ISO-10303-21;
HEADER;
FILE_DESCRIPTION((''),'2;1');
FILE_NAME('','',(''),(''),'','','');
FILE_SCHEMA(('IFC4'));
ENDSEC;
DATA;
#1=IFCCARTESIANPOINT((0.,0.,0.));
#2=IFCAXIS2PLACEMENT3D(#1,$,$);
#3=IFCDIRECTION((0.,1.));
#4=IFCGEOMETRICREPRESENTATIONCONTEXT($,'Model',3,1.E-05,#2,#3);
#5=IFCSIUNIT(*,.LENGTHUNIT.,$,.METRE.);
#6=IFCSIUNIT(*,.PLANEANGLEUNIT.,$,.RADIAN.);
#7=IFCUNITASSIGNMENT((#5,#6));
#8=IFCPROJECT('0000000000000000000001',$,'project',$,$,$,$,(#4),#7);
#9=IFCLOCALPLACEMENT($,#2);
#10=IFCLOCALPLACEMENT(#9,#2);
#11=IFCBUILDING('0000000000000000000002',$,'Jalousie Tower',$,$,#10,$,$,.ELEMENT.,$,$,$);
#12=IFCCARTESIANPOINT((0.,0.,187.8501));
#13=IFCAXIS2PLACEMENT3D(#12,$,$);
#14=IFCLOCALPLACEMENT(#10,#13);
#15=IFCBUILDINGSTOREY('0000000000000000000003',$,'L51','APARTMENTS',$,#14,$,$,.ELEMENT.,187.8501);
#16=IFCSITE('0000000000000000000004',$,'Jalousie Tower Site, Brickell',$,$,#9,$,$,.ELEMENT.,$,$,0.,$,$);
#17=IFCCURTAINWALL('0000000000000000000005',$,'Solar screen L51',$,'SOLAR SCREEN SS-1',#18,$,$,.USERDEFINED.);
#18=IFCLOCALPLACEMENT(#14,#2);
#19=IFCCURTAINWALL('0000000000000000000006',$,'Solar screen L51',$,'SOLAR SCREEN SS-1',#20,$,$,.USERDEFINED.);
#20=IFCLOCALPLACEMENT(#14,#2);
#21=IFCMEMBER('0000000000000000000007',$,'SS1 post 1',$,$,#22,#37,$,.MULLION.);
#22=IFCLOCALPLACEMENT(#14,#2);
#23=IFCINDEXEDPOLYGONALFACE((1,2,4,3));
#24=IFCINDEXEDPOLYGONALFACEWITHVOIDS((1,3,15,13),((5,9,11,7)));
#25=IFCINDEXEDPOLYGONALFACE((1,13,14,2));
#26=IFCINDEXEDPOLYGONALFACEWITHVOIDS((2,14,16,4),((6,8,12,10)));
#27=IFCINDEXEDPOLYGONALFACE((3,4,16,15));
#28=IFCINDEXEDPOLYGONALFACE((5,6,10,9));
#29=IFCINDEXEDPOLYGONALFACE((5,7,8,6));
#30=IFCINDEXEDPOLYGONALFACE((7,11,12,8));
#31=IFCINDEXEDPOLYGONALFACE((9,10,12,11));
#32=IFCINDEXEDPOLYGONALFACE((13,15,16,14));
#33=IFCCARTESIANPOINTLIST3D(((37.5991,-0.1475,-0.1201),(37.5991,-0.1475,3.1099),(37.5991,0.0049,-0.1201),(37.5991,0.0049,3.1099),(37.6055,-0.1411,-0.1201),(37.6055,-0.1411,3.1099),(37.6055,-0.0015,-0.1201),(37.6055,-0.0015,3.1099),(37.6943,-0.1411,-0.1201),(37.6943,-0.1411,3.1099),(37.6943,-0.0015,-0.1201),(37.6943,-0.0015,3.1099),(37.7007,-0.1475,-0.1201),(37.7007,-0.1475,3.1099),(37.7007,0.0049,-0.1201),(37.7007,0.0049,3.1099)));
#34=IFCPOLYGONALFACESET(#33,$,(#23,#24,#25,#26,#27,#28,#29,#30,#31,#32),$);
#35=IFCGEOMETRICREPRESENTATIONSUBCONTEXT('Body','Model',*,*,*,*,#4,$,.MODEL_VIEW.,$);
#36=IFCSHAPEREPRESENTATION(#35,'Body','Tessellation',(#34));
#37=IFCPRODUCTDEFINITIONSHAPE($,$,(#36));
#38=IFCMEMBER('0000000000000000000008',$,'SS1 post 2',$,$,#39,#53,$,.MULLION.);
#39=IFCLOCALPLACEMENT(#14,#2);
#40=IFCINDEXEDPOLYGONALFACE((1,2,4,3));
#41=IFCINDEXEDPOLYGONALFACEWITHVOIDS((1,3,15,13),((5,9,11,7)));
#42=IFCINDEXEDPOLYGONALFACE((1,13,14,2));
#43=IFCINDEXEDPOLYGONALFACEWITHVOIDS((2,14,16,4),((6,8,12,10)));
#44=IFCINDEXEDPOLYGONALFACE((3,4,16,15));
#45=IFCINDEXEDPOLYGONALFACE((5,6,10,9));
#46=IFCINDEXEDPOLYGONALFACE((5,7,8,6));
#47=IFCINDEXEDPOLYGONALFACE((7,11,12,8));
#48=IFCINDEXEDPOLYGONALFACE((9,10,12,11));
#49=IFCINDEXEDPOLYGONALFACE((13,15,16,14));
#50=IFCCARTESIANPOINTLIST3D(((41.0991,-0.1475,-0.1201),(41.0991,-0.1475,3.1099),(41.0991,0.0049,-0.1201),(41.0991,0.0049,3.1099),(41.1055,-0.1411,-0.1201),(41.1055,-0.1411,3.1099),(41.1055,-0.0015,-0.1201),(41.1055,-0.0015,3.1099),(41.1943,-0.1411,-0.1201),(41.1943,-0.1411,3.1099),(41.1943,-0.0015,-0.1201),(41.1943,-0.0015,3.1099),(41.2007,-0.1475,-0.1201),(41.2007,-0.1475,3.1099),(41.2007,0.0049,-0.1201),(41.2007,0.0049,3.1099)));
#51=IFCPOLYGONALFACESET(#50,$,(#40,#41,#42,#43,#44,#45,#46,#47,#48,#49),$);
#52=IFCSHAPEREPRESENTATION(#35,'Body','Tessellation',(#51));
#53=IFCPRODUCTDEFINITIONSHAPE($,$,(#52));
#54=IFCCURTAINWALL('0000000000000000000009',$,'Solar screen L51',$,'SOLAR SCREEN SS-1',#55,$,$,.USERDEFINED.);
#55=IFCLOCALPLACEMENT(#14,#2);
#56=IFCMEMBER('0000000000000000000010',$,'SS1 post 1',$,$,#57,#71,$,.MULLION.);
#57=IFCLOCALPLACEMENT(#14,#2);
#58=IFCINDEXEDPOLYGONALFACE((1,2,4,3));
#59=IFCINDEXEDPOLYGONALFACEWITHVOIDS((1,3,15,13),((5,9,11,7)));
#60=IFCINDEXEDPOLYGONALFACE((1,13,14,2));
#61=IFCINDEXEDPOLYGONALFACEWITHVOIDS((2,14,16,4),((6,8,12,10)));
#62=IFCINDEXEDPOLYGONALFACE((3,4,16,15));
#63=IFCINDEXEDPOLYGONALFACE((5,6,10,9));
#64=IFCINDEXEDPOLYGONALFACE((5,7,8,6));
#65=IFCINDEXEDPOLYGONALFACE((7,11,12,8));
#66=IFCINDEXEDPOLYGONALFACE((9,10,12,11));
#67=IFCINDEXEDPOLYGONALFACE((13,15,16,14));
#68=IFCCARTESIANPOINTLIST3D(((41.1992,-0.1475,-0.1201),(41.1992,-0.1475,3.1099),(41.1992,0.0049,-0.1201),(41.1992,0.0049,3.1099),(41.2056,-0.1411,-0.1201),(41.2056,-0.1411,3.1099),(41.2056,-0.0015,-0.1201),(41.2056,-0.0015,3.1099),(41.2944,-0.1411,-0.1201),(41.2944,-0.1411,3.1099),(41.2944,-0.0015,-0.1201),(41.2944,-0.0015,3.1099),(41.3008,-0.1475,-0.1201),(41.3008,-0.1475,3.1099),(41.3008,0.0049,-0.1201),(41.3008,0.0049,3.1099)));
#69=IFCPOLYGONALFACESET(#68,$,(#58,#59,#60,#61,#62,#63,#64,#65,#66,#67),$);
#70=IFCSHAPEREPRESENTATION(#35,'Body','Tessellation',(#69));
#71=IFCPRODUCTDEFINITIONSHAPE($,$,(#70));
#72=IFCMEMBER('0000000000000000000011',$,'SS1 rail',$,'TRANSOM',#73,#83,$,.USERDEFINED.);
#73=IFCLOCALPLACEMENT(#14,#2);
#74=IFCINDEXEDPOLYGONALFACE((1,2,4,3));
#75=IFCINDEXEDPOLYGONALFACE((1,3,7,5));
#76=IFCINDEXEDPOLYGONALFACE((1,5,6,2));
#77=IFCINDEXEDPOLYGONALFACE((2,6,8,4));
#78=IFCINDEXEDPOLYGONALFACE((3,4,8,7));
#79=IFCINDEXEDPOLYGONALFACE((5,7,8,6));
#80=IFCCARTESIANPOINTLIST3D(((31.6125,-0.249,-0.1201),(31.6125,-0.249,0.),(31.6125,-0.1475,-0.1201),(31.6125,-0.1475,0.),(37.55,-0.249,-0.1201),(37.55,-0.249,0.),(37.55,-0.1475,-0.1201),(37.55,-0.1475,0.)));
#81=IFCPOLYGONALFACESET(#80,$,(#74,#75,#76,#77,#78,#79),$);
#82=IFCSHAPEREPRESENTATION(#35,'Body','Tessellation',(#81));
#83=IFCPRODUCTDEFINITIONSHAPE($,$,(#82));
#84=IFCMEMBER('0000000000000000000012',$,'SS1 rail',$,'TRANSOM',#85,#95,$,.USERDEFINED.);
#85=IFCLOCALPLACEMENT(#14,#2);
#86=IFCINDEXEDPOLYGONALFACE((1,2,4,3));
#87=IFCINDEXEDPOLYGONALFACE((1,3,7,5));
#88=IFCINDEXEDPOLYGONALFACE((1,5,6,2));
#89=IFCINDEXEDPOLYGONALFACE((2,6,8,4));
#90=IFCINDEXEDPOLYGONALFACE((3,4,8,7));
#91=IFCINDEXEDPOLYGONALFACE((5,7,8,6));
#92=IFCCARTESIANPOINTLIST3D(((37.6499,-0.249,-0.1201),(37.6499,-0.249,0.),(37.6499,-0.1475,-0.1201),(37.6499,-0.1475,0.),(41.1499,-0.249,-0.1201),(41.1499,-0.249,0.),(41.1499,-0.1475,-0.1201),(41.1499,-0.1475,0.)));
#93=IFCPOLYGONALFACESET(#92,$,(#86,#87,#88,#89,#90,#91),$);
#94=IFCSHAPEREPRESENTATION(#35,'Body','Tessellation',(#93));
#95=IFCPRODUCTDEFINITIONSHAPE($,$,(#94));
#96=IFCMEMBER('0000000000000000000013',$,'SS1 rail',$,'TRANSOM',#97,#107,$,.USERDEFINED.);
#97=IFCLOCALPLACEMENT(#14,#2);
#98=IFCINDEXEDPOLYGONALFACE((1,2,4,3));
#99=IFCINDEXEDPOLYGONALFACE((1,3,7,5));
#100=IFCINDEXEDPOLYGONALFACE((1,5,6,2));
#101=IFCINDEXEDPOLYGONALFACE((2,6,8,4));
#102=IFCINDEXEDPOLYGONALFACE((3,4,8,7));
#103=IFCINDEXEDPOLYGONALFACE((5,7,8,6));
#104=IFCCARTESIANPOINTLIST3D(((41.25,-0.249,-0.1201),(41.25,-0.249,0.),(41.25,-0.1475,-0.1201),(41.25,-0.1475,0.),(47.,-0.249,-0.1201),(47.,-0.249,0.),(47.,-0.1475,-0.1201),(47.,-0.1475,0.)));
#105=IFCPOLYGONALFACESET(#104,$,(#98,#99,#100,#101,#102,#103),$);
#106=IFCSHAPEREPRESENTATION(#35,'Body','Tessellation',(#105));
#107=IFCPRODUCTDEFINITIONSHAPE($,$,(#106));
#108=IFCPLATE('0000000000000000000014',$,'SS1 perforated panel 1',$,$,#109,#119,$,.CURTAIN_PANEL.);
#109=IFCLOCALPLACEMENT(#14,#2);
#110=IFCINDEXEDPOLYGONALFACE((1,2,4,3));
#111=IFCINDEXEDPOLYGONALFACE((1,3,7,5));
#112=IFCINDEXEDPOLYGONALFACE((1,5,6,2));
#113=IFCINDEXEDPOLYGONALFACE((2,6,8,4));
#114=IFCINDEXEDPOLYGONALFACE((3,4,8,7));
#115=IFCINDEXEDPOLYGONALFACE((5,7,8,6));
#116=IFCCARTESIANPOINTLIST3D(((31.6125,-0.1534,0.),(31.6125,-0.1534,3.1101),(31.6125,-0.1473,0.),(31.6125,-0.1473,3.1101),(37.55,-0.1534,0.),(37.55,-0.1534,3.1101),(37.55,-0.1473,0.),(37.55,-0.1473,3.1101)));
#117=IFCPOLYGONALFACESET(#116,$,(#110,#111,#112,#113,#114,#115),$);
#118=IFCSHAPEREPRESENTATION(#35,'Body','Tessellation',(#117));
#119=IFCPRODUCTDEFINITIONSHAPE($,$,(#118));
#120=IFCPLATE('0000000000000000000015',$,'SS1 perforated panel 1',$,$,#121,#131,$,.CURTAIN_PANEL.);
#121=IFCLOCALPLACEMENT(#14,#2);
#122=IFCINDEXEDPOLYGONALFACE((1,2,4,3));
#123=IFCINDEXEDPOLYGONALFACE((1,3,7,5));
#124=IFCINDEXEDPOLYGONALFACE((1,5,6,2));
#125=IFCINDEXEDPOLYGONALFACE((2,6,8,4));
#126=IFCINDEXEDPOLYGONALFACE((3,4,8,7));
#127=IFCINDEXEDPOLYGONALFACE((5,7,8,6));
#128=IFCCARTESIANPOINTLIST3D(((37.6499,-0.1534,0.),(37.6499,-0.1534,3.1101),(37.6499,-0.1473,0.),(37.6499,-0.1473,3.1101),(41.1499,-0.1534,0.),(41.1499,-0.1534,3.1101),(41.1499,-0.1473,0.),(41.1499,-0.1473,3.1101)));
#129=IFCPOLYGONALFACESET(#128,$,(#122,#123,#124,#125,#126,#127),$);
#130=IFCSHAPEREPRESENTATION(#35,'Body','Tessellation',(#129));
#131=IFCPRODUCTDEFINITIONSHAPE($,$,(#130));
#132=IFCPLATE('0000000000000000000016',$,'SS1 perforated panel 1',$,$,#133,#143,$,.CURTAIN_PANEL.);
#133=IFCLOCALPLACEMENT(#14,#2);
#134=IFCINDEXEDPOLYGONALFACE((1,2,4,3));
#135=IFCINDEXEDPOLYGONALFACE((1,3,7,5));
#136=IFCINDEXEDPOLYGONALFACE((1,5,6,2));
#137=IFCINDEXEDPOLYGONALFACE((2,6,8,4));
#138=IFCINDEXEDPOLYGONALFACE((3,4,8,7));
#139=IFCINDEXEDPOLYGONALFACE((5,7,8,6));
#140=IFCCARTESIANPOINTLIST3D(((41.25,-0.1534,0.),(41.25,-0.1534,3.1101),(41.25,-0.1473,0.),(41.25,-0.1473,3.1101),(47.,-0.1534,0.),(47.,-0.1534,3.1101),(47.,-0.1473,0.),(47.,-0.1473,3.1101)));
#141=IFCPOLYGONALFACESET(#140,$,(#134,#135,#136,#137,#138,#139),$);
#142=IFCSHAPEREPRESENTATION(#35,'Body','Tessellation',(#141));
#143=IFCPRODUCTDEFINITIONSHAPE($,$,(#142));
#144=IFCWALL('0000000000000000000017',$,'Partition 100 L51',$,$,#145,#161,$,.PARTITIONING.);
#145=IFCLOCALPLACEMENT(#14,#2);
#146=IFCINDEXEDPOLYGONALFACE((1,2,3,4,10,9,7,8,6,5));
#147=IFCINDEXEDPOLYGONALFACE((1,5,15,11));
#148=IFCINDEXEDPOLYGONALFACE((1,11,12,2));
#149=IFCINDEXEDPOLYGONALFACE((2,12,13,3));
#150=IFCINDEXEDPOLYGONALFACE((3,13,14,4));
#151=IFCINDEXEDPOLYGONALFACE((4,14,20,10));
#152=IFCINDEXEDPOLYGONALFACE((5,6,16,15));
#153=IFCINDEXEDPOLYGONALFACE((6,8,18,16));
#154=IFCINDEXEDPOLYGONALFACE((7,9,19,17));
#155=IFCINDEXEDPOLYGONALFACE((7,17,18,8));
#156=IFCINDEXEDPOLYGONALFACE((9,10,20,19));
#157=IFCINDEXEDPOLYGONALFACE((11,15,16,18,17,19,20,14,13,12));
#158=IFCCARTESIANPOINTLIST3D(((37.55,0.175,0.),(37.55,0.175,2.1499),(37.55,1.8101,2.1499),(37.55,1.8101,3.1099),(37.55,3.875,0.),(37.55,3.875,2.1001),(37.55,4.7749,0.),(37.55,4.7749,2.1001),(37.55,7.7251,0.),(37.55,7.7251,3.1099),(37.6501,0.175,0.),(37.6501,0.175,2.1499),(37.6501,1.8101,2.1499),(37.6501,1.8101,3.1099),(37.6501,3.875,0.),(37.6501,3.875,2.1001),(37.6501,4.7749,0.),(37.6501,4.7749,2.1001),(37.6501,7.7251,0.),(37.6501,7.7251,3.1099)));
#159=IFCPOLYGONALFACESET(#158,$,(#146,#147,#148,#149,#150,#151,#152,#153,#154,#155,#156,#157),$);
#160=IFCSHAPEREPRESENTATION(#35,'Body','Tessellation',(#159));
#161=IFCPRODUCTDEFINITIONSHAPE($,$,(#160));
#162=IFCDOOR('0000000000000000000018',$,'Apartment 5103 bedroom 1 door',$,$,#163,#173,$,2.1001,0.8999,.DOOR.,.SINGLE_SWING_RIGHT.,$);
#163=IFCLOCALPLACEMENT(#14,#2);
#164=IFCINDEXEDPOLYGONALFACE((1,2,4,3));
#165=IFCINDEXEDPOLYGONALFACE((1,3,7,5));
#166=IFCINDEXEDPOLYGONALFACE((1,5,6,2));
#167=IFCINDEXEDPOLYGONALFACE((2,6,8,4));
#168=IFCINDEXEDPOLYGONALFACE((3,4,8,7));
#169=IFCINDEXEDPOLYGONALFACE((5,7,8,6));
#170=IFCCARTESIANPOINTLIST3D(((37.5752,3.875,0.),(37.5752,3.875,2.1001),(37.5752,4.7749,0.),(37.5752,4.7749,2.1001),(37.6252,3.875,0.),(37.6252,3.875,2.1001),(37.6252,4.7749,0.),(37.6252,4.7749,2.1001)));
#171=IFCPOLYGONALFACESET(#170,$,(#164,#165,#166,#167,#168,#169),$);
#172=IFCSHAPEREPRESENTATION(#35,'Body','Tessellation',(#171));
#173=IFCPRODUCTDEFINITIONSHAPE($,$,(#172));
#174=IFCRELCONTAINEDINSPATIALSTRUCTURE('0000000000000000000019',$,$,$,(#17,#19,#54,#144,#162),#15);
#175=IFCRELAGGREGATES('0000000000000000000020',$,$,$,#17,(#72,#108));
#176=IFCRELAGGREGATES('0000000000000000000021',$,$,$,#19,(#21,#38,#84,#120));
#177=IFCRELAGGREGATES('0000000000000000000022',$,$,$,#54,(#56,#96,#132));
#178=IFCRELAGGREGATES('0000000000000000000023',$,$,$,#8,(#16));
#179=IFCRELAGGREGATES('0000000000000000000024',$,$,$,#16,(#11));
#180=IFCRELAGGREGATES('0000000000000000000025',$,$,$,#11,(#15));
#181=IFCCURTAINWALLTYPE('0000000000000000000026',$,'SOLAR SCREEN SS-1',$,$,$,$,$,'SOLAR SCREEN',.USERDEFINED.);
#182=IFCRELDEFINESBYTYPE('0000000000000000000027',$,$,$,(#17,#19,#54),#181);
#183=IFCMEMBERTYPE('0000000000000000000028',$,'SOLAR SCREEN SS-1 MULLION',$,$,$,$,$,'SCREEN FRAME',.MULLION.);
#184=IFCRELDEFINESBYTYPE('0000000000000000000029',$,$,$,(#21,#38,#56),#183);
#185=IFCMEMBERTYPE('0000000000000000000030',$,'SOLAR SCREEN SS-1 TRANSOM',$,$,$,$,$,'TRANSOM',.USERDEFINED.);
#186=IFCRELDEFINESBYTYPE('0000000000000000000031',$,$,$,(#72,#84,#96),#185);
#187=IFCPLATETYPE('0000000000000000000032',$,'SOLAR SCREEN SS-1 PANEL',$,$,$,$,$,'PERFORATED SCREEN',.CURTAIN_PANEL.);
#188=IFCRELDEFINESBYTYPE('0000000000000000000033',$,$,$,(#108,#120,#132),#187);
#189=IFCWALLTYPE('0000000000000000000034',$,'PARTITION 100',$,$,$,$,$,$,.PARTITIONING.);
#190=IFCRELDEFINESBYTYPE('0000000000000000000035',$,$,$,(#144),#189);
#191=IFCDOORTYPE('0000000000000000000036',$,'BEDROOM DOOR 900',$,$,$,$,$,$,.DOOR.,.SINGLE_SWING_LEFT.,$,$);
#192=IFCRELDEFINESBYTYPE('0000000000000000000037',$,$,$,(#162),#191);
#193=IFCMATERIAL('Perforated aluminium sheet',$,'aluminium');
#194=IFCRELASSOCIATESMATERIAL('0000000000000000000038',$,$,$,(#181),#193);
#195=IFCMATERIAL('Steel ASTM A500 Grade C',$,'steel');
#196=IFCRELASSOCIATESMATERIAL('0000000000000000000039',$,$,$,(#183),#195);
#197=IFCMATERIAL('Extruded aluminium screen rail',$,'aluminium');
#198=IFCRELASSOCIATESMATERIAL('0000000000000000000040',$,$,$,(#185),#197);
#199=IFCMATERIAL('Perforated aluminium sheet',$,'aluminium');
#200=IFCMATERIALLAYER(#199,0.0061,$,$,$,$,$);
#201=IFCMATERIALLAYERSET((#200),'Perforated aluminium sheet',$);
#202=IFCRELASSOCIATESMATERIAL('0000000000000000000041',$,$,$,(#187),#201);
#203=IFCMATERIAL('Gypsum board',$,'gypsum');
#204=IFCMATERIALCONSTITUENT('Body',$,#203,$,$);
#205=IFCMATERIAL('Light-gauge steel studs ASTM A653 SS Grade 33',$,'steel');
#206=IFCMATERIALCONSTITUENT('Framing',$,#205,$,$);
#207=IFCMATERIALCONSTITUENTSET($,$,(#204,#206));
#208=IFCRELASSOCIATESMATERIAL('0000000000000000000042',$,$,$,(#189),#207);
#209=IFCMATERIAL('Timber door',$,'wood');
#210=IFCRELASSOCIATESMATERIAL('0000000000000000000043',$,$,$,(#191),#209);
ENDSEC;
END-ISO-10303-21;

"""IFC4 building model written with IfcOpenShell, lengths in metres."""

from ifc_helpers import new_model, si_unit, direction, frame, frame_2d, origin, origin_2d, place, context, subcontext, project, spatial, polyline, rectangle, hollow_rectangle, outline, extrude, material, layer, layer_set, constituent, constituent_set, material_profile, profile_set, type_object, element, fill, aggregate, save


model = new_model("IFC4")

# Units and contexts
model_context = context("Model", 3, precision=1e-05, world=origin(), true_north=direction((0.0, 1.0)))
body_context = subcontext(model_context, "Body", "Model", "MODEL_VIEW")
ifc_project = project(units=[si_unit("LENGTHUNIT", "METRE"), si_unit("PLANEANGLEUNIT", "RADIAN")], contexts=[model_context])

# Site, building, storey
site_placement = place(None, origin())
site = spatial("IfcSite", under=ifc_project, at=site_placement, Name="Jalousie Tower Site, Brickell", CompositionType="ELEMENT", RefElevation=0.0)
building_placement = place(site_placement, origin())
building = spatial("IfcBuilding", under=site, at=building_placement, Name="Jalousie Tower", CompositionType="ELEMENT")
storey_placement = place(building_placement, frame((0.0, 0.0, 187.8501)))
storey = spatial("IfcBuildingStorey", under=building, at=storey_placement, Name="L51", Description="APARTMENTS", CompositionType="ELEMENT", Elevation=187.8501)

# Curtain walls, members
ifc_material_1 = material(Name="Perforated aluminium sheet", Category="aluminium")
curtain_wall_type = type_object("IfcCurtainWallType", Name="SOLAR SCREEN SS-1", ElementType="SOLAR SCREEN", PredefinedType="USERDEFINED", material=ifc_material_1)
curtain_wall_1_placement = place(storey_placement, origin())
curtain_wall_1 = element("IfcCurtainWall", 1, at=curtain_wall_1_placement, inside=storey, type_object=curtain_wall_type, Name="Solar screen L51", ObjectType="SOLAR SCREEN SS-1", PredefinedType="USERDEFINED")
ifc_material_2 = material(Name="Steel ASTM A500 Grade C", Category="steel")
ifc_material_profile_1 = material_profile(ifc_material_2, hollow_rectangle(XDim=0.1016, YDim=0.1523, WallThickness=0.0063, at=origin_2d()), Name="HSS6X4X1/4")
ifc_profile_set_1 = profile_set([ifc_material_profile_1], Name="Steel ASTM A500 Grade C")
member_type_1 = type_object("IfcMemberType", Name="SOLAR SCREEN SS-1 MULLION", ElementType="SCREEN FRAME", PredefinedType="MULLION", material=ifc_profile_set_1)
curtain_wall_2_placement = place(storey_placement, origin())
curtain_wall_2 = element("IfcCurtainWall", 2, at=curtain_wall_2_placement, inside=storey, type_object=curtain_wall_type, Name="Solar screen L51", ObjectType="SOLAR SCREEN SS-1", PredefinedType="USERDEFINED")
member_1_placement = place(storey_placement, frame((37.6499, -0.0713, -0.1201), z_axis=(0.0, 0.0, 1.0), x_axis=(1.0, 0.0, 0.0)))
member_1 = element("IfcMember", 3, at=member_1_placement, type_object=member_type_1, Name="SS1 post 1", PredefinedType="MULLION", context=body_context, shape_type="SweptSolid", body=[
    extrude(hollow_rectangle(XDim=0.1016, YDim=0.1523, WallThickness=0.0063, at=origin_2d()), origin(), (0.0, 0.0, 1.0), 3.23),
])
member_2_placement = place(storey_placement, frame((41.1499, -0.0713, -0.1201), z_axis=(0.0, 0.0, 1.0), x_axis=(1.0, 0.0, 0.0)))
member_2 = element("IfcMember", 4, at=member_2_placement, type_object=member_type_1, Name="SS1 post 2", PredefinedType="MULLION", context=body_context, shape_type="SweptSolid", body=[
    extrude(hollow_rectangle(XDim=0.1016, YDim=0.1523, WallThickness=0.0063, at=origin_2d()), origin(), (0.0, 0.0, 1.0), 3.23),
])

# Curtain wall, member
curtain_wall_3_placement = place(storey_placement, origin())
curtain_wall_3 = element("IfcCurtainWall", 5, at=curtain_wall_3_placement, inside=storey, type_object=curtain_wall_type, Name="Solar screen L51", ObjectType="SOLAR SCREEN SS-1", PredefinedType="USERDEFINED")
member_3_placement = place(storey_placement, frame((41.25, -0.0713, -0.1201), z_axis=(0.0, 0.0, 1.0), x_axis=(1.0, 0.0, 0.0)))
member_3 = element("IfcMember", 6, at=member_3_placement, type_object=member_type_1, Name="SS1 post 1", PredefinedType="MULLION", context=body_context, shape_type="SweptSolid", body=[
    extrude(hollow_rectangle(XDim=0.1016, YDim=0.1523, WallThickness=0.0063, at=origin_2d()), origin(), (0.0, 0.0, 1.0), 3.23),
])

# Members
ifc_material_3 = material(Name="Extruded aluminium screen rail", Category="aluminium")
ifc_material_profile_2 = material_profile(ifc_material_3, rectangle(XDim=0.1016, YDim=0.1201, at=origin_2d()), Name="RAIL 102x120")
ifc_profile_set_2 = profile_set([ifc_material_profile_2], Name="Extruded aluminium screen rail")
member_type_2 = type_object("IfcMemberType", Name="SOLAR SCREEN SS-1 TRANSOM", ElementType="TRANSOM", PredefinedType="USERDEFINED", material=ifc_profile_set_2)
member_4_placement = place(storey_placement, frame((31.6125, -0.1982, -0.0601), z_axis=(1.0, 0.0, 0.0), x_axis=(0.0, 1.0, 0.0)))
member_4 = element("IfcMember", 7, at=member_4_placement, type_object=member_type_2, Name="SS1 rail", ObjectType="TRANSOM", PredefinedType="USERDEFINED", context=body_context, shape_type="SweptSolid", body=[
    extrude(rectangle(XDim=0.1016, YDim=0.1201, at=origin_2d()), origin(), (0.0, 0.0, 1.0), 5.9375),
])
member_5_placement = place(storey_placement, frame((37.6499, -0.1982, -0.0601), z_axis=(1.0, 0.0, 0.0), x_axis=(0.0, 1.0, 0.0)))
member_5 = element("IfcMember", 8, at=member_5_placement, type_object=member_type_2, Name="SS1 rail", ObjectType="TRANSOM", PredefinedType="USERDEFINED", context=body_context, shape_type="SweptSolid", body=[
    extrude(rectangle(XDim=0.1016, YDim=0.1201, at=origin_2d()), origin(), (0.0, 0.0, 1.0), 3.5),
])
member_6_placement = place(storey_placement, frame((41.25, -0.1982, -0.0601), z_axis=(1.0, 0.0, 0.0), x_axis=(0.0, 1.0, 0.0)))
member_6 = element("IfcMember", 9, at=member_6_placement, type_object=member_type_2, Name="SS1 rail", ObjectType="TRANSOM", PredefinedType="USERDEFINED", context=body_context, shape_type="SweptSolid", body=[
    extrude(rectangle(XDim=0.1016, YDim=0.1201, at=origin_2d()), origin(), (0.0, 0.0, 1.0), 5.75),
])

# Plates
ifc_material_4 = material(Name="Perforated aluminium sheet", Category="aluminium")
ifc_layer = layer(ifc_material_4, 0.0061)
ifc_layer_set = layer_set([ifc_layer], Name="Perforated aluminium sheet")
plate_type = type_object("IfcPlateType", Name="SOLAR SCREEN SS-1 PANEL", ElementType="PERFORATED SCREEN", PredefinedType="CURTAIN_PANEL", material=ifc_layer_set)
plate_1_placement = place(storey_placement, frame((34.5813, -0.1504, 0.0), z_axis=(0.0, 0.0, 1.0), x_axis=(1.0, 0.0, 0.0)))
plate_1 = element("IfcPlate", 10, at=plate_1_placement, type_object=plate_type, Name="SS1 perforated panel 1", PredefinedType="CURTAIN_PANEL", context=body_context, shape_type="SweptSolid", body=[
    extrude(rectangle(XDim=5.9375, YDim=0.0061, at=origin_2d()), origin(), (0.0, 0.0, 1.0), 3.1101),
])
aggregate(curtain_wall_1, [member_4, plate_1])
plate_2_placement = place(storey_placement, frame((39.3999, -0.1504, 0.0), z_axis=(0.0, 0.0, 1.0), x_axis=(1.0, 0.0, 0.0)))
plate_2 = element("IfcPlate", 11, at=plate_2_placement, type_object=plate_type, Name="SS1 perforated panel 1", PredefinedType="CURTAIN_PANEL", context=body_context, shape_type="SweptSolid", body=[
    extrude(rectangle(XDim=3.5, YDim=0.0061, at=origin_2d()), origin(), (0.0, 0.0, 1.0), 3.1101),
])
aggregate(curtain_wall_2, [member_1, member_2, member_5, plate_2])
plate_3_placement = place(storey_placement, frame((44.125, -0.1504, 0.0), z_axis=(0.0, 0.0, 1.0), x_axis=(1.0, 0.0, 0.0)))
plate_3 = element("IfcPlate", 12, at=plate_3_placement, type_object=plate_type, Name="SS1 perforated panel 1", PredefinedType="CURTAIN_PANEL", context=body_context, shape_type="SweptSolid", body=[
    extrude(rectangle(XDim=5.75, YDim=0.0061, at=origin_2d()), origin(), (0.0, 0.0, 1.0), 3.1101),
])
aggregate(curtain_wall_3, [member_3, member_6, plate_3])

# Wall, opening, door
ifc_material_5 = material(Name="Gypsum board", Category="gypsum")
ifc_constituent_1 = constituent(ifc_material_5, Name="Body")
ifc_material_6 = material(Name="Light-gauge steel studs ASTM A653 SS Grade 33", Category="steel")
ifc_constituent_2 = constituent(ifc_material_6, Name="Framing")
ifc_constituent_set_1 = constituent_set(constituents=[ifc_constituent_1, ifc_constituent_2])
wall_type_1 = type_object("IfcWallType", Name="PARTITION 100", PredefinedType="PARTITIONING", material=ifc_constituent_set_1)
wall_1_placement = place(storey_placement, frame((37.6001, 0.175, 0.0), z_axis=(0.0, 0.0, 1.0), x_axis=(0.0, 1.0, 0.0)))
wall_1 = element("IfcWall", 13, at=wall_1_placement, inside=storey, type_object=wall_type_1, Name="Partition 100 L51", PredefinedType="PARTITIONING", context=body_context, shape_type="SweptSolid", body=[
    extrude(outline(polyline([(0.0, 0.0), (7.55, 0.0), (7.55, 3.1099), (1.635, 3.1099), (1.635, 2.1499), (0.0, 2.1499), (0.0, 3.1099), (0.0, 0.0)])), frame((0.0, 0.05, 0.0), z_axis=(0.0, -1.0, 0.0), x_axis=(1.0, 0.0, 0.0)), (0.0, 0.0, 1.0), 0.1001),
])
opening_1_placement = place(wall_1_placement, frame((3.7, 0.0, 0.0)))
opening_1 = element("IfcOpeningElement", 14, at=opening_1_placement, cuts=wall_1, PredefinedType="OPENING", context=body_context, shape_type="SweptSolid", body=[
    extrude(rectangle(XDim=0.8999, YDim=2.1001, at=frame_2d((0.45, 1.05))), frame((0.0, 0.0601, 0.0), z_axis=(0.0, -1.0, 0.0), x_axis=(1.0, 0.0, 0.0)), (0.0, 0.0, 1.0), 0.1201),
])
ifc_material_7 = material(Name="Timber door", Category="wood")
door_type_1 = type_object("IfcDoorType", Name="BEDROOM DOOR 900", OperationType="SINGLE_SWING_LEFT", PredefinedType="DOOR", material=ifc_material_7)
door_1_placement = place(opening_1_placement, origin())
door_1 = element("IfcDoor", 15, at=door_1_placement, inside=storey, type_object=door_type_1, Name="Apartment 5103 bedroom 1 door", OperationType="SINGLE_SWING_RIGHT", OverallHeight=2.1001, OverallWidth=0.8999, PredefinedType="DOOR", context=body_context, shape_type="SweptSolid", body=[
    extrude(rectangle(XDim=0.8999, YDim=2.1001, at=frame_2d((0.45, 1.05))), frame((0.0, 0.0249, 0.0), z_axis=(0.0, -1.0, 0.0), x_axis=(1.0, 0.0, 0.0)), (0.0, 0.0, 1.0), 0.05),
])
fill(opening_1, door_1)

save(model, "model.ifc")
